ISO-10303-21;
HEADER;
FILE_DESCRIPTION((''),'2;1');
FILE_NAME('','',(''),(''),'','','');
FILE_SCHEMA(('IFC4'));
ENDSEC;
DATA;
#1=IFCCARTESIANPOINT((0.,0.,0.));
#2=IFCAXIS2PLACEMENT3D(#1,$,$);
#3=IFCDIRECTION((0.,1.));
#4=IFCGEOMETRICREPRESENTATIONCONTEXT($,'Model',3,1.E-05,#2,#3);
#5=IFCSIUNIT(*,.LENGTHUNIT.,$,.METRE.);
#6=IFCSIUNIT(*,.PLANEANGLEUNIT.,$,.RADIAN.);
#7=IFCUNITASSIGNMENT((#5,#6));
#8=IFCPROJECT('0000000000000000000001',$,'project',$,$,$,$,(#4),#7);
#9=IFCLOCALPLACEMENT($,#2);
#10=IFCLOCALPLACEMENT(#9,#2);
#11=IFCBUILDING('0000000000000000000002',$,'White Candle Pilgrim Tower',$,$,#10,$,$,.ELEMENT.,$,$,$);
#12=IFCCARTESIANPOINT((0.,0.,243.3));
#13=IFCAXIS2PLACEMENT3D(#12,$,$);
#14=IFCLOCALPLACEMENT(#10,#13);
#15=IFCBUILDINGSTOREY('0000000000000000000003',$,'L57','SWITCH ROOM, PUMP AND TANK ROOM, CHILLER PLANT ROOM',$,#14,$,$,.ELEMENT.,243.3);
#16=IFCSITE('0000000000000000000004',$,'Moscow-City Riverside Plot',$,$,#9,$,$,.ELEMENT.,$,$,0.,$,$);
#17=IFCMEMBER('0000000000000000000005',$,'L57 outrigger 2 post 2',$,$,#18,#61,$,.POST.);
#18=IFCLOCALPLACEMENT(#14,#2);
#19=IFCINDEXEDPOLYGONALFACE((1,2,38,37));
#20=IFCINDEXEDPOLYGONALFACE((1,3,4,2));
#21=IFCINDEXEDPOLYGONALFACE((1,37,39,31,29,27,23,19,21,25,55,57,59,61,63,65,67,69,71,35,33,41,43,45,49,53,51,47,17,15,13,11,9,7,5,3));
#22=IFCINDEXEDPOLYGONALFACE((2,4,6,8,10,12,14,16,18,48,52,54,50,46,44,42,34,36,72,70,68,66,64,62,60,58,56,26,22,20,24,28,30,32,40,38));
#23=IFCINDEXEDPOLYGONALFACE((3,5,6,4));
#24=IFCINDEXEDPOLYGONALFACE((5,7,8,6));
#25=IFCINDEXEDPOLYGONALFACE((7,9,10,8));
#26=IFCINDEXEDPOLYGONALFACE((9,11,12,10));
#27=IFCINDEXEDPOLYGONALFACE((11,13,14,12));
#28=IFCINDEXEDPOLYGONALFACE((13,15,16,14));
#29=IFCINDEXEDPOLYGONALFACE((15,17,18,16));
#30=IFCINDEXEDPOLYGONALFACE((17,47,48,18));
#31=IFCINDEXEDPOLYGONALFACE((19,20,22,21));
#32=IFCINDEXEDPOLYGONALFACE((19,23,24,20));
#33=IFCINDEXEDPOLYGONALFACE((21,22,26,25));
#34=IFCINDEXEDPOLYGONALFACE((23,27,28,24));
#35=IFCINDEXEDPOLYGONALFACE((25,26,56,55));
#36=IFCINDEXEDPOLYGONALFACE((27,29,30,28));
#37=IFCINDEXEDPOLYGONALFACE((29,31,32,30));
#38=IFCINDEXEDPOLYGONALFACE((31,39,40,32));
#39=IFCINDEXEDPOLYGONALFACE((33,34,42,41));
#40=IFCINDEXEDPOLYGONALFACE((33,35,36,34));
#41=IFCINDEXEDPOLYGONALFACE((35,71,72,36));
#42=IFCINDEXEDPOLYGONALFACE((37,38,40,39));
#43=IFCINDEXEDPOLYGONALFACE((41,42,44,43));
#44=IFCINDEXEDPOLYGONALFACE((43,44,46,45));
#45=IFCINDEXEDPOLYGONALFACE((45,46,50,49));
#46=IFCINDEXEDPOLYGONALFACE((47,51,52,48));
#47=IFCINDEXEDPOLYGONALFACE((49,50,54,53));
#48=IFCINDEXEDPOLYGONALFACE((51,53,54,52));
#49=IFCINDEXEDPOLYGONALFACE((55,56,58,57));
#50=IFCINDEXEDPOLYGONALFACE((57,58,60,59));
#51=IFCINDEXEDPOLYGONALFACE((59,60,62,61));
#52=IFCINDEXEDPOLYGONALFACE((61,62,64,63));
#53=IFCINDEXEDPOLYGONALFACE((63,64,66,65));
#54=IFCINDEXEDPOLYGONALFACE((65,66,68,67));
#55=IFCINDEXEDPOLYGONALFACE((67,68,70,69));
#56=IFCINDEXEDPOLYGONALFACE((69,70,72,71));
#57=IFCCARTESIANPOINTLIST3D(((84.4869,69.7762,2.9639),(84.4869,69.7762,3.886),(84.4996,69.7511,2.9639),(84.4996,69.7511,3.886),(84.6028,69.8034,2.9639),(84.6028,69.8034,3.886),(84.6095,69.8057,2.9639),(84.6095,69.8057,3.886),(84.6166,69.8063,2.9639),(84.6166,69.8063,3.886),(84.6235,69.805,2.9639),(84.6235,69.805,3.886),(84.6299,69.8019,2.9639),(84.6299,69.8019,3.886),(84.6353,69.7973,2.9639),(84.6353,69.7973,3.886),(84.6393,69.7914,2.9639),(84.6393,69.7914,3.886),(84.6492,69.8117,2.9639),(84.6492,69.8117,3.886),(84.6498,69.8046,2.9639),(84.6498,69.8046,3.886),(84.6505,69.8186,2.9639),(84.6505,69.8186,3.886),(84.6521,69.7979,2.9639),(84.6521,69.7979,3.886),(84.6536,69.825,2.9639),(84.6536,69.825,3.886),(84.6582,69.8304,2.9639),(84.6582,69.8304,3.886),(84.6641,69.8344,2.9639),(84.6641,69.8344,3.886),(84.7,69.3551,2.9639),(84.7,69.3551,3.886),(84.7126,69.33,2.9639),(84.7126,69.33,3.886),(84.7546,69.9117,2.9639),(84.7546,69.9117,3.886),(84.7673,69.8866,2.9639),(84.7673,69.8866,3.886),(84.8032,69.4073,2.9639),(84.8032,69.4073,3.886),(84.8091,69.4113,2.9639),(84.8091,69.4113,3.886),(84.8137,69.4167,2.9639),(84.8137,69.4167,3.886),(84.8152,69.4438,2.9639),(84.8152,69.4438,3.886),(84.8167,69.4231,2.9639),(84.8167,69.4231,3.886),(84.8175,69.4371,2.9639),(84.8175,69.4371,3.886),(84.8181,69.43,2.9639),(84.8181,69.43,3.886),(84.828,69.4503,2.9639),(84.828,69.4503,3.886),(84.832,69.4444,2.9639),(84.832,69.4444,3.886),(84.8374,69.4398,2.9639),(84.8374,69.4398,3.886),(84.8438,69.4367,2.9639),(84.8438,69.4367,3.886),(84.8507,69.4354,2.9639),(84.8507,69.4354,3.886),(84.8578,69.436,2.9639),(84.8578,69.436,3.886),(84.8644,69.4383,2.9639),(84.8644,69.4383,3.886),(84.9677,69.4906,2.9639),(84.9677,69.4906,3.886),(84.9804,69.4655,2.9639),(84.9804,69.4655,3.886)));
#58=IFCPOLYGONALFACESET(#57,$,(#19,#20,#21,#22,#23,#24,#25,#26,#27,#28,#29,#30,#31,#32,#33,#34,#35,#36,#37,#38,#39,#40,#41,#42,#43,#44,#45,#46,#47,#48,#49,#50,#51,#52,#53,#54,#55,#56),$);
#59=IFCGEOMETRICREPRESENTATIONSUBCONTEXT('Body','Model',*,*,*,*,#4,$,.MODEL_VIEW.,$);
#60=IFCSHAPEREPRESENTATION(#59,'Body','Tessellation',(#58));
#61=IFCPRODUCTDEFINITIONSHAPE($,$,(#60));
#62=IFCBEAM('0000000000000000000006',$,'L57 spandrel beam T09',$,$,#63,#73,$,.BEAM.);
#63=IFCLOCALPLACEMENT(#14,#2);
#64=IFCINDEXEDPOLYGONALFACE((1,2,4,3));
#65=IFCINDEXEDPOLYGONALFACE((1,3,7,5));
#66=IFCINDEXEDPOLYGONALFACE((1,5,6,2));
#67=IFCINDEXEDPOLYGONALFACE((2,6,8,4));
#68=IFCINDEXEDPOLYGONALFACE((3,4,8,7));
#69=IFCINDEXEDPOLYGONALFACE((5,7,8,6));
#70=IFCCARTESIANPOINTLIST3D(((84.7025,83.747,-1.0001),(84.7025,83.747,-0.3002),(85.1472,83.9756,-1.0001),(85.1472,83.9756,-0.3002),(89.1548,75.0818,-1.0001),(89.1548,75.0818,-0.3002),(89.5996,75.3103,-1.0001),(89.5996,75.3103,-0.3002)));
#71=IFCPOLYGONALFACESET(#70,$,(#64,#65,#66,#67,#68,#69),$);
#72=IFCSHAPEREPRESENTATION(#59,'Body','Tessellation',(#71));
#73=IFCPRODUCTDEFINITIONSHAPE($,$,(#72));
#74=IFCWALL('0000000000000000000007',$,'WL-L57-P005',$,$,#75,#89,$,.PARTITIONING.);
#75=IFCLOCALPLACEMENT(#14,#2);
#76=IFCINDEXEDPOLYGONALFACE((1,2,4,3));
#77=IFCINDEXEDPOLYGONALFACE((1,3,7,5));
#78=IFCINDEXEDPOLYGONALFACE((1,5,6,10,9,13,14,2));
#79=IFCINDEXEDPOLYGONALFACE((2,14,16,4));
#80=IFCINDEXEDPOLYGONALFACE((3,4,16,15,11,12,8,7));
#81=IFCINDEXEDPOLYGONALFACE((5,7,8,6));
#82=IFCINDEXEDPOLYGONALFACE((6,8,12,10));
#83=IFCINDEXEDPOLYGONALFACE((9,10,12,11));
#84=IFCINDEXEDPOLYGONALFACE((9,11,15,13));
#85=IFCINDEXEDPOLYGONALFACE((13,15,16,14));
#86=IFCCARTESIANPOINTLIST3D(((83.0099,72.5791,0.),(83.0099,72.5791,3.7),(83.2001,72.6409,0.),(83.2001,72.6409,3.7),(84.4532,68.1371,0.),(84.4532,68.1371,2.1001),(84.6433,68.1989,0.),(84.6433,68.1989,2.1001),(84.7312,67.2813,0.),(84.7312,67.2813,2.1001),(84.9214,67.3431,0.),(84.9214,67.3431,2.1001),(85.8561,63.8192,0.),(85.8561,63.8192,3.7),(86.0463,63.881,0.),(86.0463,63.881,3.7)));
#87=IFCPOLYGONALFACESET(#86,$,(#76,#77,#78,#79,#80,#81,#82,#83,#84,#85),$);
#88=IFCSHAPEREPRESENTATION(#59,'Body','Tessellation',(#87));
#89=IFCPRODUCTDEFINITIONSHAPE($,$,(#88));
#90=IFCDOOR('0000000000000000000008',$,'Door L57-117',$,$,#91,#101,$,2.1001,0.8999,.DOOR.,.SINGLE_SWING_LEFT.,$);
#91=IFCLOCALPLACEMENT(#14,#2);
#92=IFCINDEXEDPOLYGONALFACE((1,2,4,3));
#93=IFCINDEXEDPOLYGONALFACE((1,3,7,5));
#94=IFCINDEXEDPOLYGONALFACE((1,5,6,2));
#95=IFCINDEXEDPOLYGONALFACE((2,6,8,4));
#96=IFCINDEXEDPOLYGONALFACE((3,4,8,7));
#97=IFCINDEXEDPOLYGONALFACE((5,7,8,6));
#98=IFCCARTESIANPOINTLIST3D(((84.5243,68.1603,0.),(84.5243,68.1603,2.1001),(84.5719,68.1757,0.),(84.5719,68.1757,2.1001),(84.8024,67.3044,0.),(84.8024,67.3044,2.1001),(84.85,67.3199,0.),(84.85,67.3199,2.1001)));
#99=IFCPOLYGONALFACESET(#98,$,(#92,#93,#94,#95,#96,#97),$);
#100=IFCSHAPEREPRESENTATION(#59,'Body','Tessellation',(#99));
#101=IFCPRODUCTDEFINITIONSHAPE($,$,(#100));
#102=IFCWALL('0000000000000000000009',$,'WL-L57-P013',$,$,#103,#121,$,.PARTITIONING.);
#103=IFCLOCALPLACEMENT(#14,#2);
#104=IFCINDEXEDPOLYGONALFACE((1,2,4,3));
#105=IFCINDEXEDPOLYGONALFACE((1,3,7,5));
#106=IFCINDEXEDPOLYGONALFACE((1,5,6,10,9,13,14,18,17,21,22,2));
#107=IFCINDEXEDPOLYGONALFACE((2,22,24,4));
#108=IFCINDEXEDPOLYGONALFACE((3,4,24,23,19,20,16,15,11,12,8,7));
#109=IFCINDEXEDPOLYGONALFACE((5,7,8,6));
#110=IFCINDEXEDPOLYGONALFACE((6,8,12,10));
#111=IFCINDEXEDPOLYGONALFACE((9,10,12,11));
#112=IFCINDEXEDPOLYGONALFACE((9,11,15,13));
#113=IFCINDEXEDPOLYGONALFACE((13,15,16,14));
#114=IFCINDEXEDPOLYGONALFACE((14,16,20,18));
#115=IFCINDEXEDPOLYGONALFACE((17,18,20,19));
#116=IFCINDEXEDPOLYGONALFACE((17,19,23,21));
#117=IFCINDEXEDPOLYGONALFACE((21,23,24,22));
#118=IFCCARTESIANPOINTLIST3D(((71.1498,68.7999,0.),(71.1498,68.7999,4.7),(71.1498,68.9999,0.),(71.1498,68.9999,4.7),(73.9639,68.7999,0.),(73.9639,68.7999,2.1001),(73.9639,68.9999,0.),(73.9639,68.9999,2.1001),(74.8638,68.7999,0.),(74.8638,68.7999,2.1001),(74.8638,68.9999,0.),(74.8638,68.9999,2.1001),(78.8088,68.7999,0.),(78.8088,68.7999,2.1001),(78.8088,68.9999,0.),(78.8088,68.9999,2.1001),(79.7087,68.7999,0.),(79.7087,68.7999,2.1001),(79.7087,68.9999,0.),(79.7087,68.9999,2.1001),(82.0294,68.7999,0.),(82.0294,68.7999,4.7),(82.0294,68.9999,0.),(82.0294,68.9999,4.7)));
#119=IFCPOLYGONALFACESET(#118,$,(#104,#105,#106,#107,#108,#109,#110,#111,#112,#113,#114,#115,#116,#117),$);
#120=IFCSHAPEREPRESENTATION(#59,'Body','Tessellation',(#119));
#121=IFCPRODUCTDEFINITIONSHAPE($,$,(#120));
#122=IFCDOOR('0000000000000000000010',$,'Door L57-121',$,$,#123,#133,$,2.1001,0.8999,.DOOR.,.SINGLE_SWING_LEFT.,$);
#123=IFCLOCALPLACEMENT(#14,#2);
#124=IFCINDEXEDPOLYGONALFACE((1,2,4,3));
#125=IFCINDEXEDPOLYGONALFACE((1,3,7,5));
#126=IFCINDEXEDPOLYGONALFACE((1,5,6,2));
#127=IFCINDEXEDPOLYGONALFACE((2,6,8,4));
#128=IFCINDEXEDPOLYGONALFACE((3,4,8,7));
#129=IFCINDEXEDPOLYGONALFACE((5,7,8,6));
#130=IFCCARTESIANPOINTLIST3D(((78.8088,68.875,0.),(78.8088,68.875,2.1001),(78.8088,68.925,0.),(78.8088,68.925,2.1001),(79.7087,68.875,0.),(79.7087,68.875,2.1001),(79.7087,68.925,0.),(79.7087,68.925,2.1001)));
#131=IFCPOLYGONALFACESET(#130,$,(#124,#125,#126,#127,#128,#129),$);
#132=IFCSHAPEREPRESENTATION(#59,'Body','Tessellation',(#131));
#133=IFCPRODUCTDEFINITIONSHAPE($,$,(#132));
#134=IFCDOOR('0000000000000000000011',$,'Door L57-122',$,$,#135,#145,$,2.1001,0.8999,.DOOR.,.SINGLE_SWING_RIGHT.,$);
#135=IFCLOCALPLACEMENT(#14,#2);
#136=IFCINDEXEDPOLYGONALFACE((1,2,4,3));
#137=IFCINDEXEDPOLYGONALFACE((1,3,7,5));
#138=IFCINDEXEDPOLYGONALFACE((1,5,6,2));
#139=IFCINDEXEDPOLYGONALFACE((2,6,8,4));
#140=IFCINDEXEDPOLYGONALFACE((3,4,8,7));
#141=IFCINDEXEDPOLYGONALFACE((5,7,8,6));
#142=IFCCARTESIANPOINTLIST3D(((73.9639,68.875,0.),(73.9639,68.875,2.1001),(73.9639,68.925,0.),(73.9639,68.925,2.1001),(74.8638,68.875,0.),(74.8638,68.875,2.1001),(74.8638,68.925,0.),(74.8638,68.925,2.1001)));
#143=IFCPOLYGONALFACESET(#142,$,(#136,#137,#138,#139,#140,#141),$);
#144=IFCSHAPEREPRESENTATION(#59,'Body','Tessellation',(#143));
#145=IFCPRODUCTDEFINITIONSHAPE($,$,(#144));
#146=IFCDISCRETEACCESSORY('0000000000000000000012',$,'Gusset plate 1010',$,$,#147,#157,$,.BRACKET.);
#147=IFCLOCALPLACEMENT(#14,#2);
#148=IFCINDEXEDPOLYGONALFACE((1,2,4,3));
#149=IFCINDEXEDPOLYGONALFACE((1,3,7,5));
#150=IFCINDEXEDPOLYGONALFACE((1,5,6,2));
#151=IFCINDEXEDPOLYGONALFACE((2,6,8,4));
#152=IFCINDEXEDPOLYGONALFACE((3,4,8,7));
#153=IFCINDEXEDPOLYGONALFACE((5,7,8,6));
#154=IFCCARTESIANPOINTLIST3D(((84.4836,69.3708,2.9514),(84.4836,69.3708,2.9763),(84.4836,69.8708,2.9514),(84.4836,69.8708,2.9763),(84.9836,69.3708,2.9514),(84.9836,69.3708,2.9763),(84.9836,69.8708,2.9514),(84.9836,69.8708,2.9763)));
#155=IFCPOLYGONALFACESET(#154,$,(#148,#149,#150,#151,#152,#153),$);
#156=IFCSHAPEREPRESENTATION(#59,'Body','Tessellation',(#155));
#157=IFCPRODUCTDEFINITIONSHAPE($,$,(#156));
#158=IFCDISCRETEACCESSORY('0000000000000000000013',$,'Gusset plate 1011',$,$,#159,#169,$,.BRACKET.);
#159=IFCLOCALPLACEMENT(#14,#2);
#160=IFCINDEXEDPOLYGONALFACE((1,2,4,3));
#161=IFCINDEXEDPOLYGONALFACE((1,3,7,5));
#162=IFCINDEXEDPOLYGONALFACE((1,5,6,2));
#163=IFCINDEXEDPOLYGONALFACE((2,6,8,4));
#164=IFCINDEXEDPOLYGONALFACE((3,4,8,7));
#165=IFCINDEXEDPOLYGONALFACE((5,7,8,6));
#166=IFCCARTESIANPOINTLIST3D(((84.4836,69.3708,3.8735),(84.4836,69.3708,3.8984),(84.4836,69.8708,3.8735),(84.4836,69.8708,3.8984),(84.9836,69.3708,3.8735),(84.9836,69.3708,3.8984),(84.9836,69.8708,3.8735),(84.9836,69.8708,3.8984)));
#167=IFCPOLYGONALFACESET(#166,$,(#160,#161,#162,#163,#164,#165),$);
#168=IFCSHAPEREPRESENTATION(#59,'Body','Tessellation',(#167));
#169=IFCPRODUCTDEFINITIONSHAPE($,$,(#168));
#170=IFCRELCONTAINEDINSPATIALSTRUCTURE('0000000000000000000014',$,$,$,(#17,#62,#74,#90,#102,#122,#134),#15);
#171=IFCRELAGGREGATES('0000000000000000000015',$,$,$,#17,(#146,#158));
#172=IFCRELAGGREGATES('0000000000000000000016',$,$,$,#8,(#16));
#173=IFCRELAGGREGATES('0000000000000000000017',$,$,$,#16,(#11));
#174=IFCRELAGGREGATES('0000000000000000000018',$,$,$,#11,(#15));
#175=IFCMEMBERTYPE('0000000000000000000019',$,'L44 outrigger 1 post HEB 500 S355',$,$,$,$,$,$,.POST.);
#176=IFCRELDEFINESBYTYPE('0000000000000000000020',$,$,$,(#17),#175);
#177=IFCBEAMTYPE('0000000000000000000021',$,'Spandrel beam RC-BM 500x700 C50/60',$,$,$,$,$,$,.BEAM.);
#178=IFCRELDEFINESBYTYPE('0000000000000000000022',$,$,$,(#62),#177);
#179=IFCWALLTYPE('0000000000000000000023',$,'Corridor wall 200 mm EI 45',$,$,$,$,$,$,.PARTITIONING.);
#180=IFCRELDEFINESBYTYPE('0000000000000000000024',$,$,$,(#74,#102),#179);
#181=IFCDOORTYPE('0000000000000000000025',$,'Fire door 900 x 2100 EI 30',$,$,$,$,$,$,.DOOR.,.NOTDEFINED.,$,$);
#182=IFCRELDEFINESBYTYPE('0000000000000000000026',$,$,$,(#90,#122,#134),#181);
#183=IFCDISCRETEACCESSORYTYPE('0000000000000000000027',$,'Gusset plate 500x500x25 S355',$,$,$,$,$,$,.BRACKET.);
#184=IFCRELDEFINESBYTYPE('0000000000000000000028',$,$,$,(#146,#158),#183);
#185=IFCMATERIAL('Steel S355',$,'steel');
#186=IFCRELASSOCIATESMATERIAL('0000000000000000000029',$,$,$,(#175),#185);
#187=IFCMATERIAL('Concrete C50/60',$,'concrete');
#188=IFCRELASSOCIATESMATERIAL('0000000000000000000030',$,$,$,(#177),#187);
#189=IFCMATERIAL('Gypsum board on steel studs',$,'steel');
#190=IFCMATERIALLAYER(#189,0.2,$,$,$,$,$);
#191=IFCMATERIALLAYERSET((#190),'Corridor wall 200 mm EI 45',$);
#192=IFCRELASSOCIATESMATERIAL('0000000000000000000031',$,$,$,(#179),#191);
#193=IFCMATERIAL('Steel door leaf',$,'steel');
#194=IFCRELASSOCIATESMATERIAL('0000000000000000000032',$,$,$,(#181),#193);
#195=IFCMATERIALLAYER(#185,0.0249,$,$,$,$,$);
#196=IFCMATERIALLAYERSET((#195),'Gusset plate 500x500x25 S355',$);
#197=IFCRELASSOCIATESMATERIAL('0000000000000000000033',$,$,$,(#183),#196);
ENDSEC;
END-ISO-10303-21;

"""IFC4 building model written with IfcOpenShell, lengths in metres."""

from ifc_helpers import new_model, si_unit, direction, frame, frame_2d, origin, origin_2d, place, context, subcontext, project, spatial, rectangle, i_section, extrude, material, layer, layer_set, material_profile, profile_set, type_object, element, fill, aggregate, save


model = new_model("IFC4")

# Units and contexts
model_context = context("Model", 3, precision=1e-05, world=origin(), true_north=direction((0.0, 1.0)))
body_context = subcontext(model_context, "Body", "Model", "MODEL_VIEW")
ifc_project = project(units=[si_unit("LENGTHUNIT", "METRE"), si_unit("PLANEANGLEUNIT", "RADIAN")], contexts=[model_context])

# Site, building, storey
site_placement = place(None, origin())
site = spatial("IfcSite", under=ifc_project, at=site_placement, Name="Moscow-City Riverside Plot", CompositionType="ELEMENT", RefElevation=0.0)
building_placement = place(site_placement, origin())
building = spatial("IfcBuilding", under=site, at=building_placement, Name="White Candle Pilgrim Tower", CompositionType="ELEMENT")
storey_placement = place(building_placement, frame((0.0, 0.0, 243.3)))
storey = spatial("IfcBuildingStorey", under=building, at=storey_placement, Name="L57", Description="SWITCH ROOM, PUMP AND TANK ROOM, CHILLER PLANT ROOM", CompositionType="ELEMENT", Elevation=243.3)

# Member
ifc_material_1 = material(Name="Steel S355", Category="steel")
ifc_material_profile_1 = material_profile(ifc_material_1, i_section(OverallWidth=0.3, OverallDepth=0.5, WebThickness=0.0144, FlangeThickness=0.0281, FilletRadius=0.0271, at=origin_2d()), Name="HEB 500")
ifc_profile_set_1 = profile_set([ifc_material_profile_1], Name="Steel S355")
member_type_1 = type_object("IfcMemberType", Name="L44 outrigger 1 post HEB 500 S355", PredefinedType="POST", material=ifc_profile_set_1)
member_1_placement = place(storey_placement, frame((84.7336, 69.6208, 2.9639), z_axis=(0.0, 0.0, 1.0), x_axis=(0.892284, 0.451475, 0.0)))
member_1 = element("IfcMember", 1, at=member_1_placement, inside=storey, type_object=member_type_1, Name="L57 outrigger 2 post 2", PredefinedType="POST", context=body_context, shape_type="SweptSolid", body=[
    extrude(i_section(OverallWidth=0.3, OverallDepth=0.5, WebThickness=0.0144, FlangeThickness=0.0281, FilletRadius=0.0271, at=origin_2d()), origin(), (0.0, 0.0, 1.0), 0.9221),
])

# Beam
ifc_material_2 = material(Name="Concrete C50/60", Category="concrete")
ifc_material_profile_2 = material_profile(ifc_material_2, rectangle(XDim=0.5, YDim=0.7, at=origin_2d()), Name="RC-BM 500x700")
ifc_profile_set_2 = profile_set([ifc_material_profile_2], Name="Concrete C50/60")
beam_type = type_object("IfcBeamType", Name="Spandrel beam RC-BM 500x700 C50/60", PredefinedType="BEAM", material=ifc_profile_set_2)
beam_placement = place(storey_placement, frame((89.3772, 75.196, -0.6501), z_axis=(-0.45702, 0.889456, 0.0), x_axis=(-0.889456, -0.45702, 0.0)))
element("IfcBeam", 2, at=beam_placement, inside=storey, type_object=beam_type, Name="L57 spandrel beam T09", PredefinedType="BEAM", context=body_context, shape_type="SweptSolid", body=[
    extrude(rectangle(XDim=0.5, YDim=0.7, at=origin_2d()), origin(), (0.0, 0.0, 1.0), 9.7422),
])

# Wall, opening, door
ifc_material_3 = material(Name="Gypsum board on steel studs", Category="steel")
ifc_layer_1 = layer(ifc_material_3, 0.2)
ifc_layer_set_1 = layer_set([ifc_layer_1], Name="Corridor wall 200 mm EI 45")
wall_type_1 = type_object("IfcWallType", Name="Corridor wall 200 mm EI 45", PredefinedType="PARTITIONING", material=ifc_layer_set_1)
wall_1_placement = place(storey_placement, frame((83.105, 72.6101, 0.0), z_axis=(0.0, 0.0, 1.0), x_axis=(0.309006, -0.95106, 0.0)))
wall_1 = element("IfcWall", 3, at=wall_1_placement, inside=storey, type_object=wall_type_1, Name="WL-L57-P005", PredefinedType="PARTITIONING", context=body_context, shape_type="SweptSolid", body=[
    extrude(rectangle(XDim=9.2107, YDim=0.2, at=frame_2d((4.6055, 0.0))), origin(), (0.0, 0.0, 1.0), 3.7),
])
opening_1_placement = place(wall_1_placement, frame((4.6707, 0.0, 0.0)))
opening_1 = element("IfcOpeningElement", 4, at=opening_1_placement, cuts=wall_1, PredefinedType="OPENING", context=body_context, shape_type="SweptSolid", body=[
    extrude(rectangle(XDim=0.8999, YDim=2.1001, at=frame_2d((0.45, 1.05))), frame((0.0, 0.1099, 0.0), z_axis=(0.0, -1.0, 0.0), x_axis=(1.0, 0.0, 0.0)), (0.0, 0.0, 1.0), 0.22),
])
ifc_material_4 = material(Name="Steel door leaf", Category="steel")
door_type = type_object("IfcDoorType", Name="Fire door 900 x 2100 EI 30", OperationType="NOTDEFINED", PredefinedType="DOOR", material=ifc_material_4)
door_1_placement = place(opening_1_placement, origin())
door_1 = element("IfcDoor", 5, at=door_1_placement, inside=storey, type_object=door_type, Name="Door L57-117", OperationType="SINGLE_SWING_LEFT", OverallHeight=2.1001, OverallWidth=0.8999, PredefinedType="DOOR", context=body_context, shape_type="SweptSolid", body=[
    extrude(rectangle(XDim=0.8999, YDim=2.1001, at=frame_2d((0.45, 1.05))), frame((0.0, 0.0249, 0.0), z_axis=(0.0, -1.0, 0.0), x_axis=(1.0, 0.0, 0.0)), (0.0, 0.0, 1.0), 0.05),
])
fill(opening_1, door_1)

# Wall, openings, doors
wall_2_placement = place(storey_placement, frame((82.0295, 68.8999, 0.0), z_axis=(0.0, 0.0, 1.0), x_axis=(-1.0, 0.0, 0.0)))
wall_2 = element("IfcWall", 6, at=wall_2_placement, inside=storey, type_object=wall_type_1, Name="WL-L57-P013", PredefinedType="PARTITIONING", context=body_context, shape_type="SweptSolid", body=[
    extrude(rectangle(XDim=10.8796, YDim=0.2, at=frame_2d((5.4399, 0.0))), origin(), (0.0, 0.0, 1.0), 4.7),
])
opening_2_placement = place(wall_2_placement, frame((2.3208, 0.0, 0.0)))
opening_2 = element("IfcOpeningElement", 7, at=opening_2_placement, cuts=wall_2, PredefinedType="OPENING", context=body_context, shape_type="SweptSolid", body=[
    extrude(rectangle(XDim=0.8999, YDim=2.1001, at=frame_2d((0.45, 1.05))), frame((0.0, 0.1099, 0.0), z_axis=(0.0, -1.0, 0.0), x_axis=(1.0, 0.0, 0.0)), (0.0, 0.0, 1.0), 0.22),
])
opening_3_placement = place(wall_2_placement, frame((7.1658, 0.0, 0.0)))
opening_3 = element("IfcOpeningElement", 8, at=opening_3_placement, cuts=wall_2, PredefinedType="OPENING", context=body_context, shape_type="SweptSolid", body=[
    extrude(rectangle(XDim=0.8999, YDim=2.1001, at=frame_2d((0.45, 1.05))), frame((0.0, 0.1099, 0.0), z_axis=(0.0, -1.0, 0.0), x_axis=(1.0, 0.0, 0.0)), (0.0, 0.0, 1.0), 0.22),
])
door_2_placement = place(opening_2_placement, origin())
door_2 = element("IfcDoor", 9, at=door_2_placement, inside=storey, type_object=door_type, Name="Door L57-121", OperationType="SINGLE_SWING_LEFT", OverallHeight=2.1001, OverallWidth=0.8999, PredefinedType="DOOR", context=body_context, shape_type="SweptSolid", body=[
    extrude(rectangle(XDim=0.8999, YDim=2.1001, at=frame_2d((0.45, 1.05))), frame((0.0, 0.0249, 0.0), z_axis=(0.0, -1.0, 0.0), x_axis=(1.0, 0.0, 0.0)), (0.0, 0.0, 1.0), 0.05),
])
fill(opening_2, door_2)
door_3_placement = place(opening_3_placement, origin())
door_3 = element("IfcDoor", 10, at=door_3_placement, inside=storey, type_object=door_type, Name="Door L57-122", OperationType="SINGLE_SWING_RIGHT", OverallHeight=2.1001, OverallWidth=0.8999, PredefinedType="DOOR", context=body_context, shape_type="SweptSolid", body=[
    extrude(rectangle(XDim=0.8999, YDim=2.1001, at=frame_2d((0.45, 1.05))), frame((0.0, 0.0249, 0.0), z_axis=(0.0, -1.0, 0.0), x_axis=(1.0, 0.0, 0.0)), (0.0, 0.0, 1.0), 0.05),
])
fill(opening_3, door_3)

# Discrete accessories
ifc_layer_2 = layer(ifc_material_1, 0.0249)
ifc_layer_set_2 = layer_set([ifc_layer_2], Name="Gusset plate 500x500x25 S355")
discrete_accessory_type = type_object("IfcDiscreteAccessoryType", Name="Gusset plate 500x500x25 S355", PredefinedType="BRACKET", material=ifc_layer_set_2)
discrete_accessory_1_placement = place(storey_placement, frame((84.7336, 69.6208, 2.9514), z_axis=(0.0, 0.0, 1.0), x_axis=(1.0, 0.0, 0.0)))
discrete_accessory_1 = element("IfcDiscreteAccessory", 11, at=discrete_accessory_1_placement, type_object=discrete_accessory_type, Name="Gusset plate 1010", PredefinedType="BRACKET", context=body_context, shape_type="SweptSolid", body=[
    extrude(rectangle(XDim=0.5, YDim=0.5, at=origin_2d()), origin(), (0.0, 0.0, 1.0), 0.0249),
])
discrete_accessory_2_placement = place(storey_placement, frame((84.7336, 69.6208, 3.8735), z_axis=(0.0, 0.0, 1.0), x_axis=(1.0, 0.0, 0.0)))
discrete_accessory_2 = element("IfcDiscreteAccessory", 12, at=discrete_accessory_2_placement, type_object=discrete_accessory_type, Name="Gusset plate 1011", PredefinedType="BRACKET", context=body_context, shape_type="SweptSolid", body=[
    extrude(rectangle(XDim=0.5, YDim=0.5, at=origin_2d()), origin(), (0.0, 0.0, 1.0), 0.0249),
])
aggregate(member_1, [discrete_accessory_1, discrete_accessory_2])

save(model, "model.ifc")
